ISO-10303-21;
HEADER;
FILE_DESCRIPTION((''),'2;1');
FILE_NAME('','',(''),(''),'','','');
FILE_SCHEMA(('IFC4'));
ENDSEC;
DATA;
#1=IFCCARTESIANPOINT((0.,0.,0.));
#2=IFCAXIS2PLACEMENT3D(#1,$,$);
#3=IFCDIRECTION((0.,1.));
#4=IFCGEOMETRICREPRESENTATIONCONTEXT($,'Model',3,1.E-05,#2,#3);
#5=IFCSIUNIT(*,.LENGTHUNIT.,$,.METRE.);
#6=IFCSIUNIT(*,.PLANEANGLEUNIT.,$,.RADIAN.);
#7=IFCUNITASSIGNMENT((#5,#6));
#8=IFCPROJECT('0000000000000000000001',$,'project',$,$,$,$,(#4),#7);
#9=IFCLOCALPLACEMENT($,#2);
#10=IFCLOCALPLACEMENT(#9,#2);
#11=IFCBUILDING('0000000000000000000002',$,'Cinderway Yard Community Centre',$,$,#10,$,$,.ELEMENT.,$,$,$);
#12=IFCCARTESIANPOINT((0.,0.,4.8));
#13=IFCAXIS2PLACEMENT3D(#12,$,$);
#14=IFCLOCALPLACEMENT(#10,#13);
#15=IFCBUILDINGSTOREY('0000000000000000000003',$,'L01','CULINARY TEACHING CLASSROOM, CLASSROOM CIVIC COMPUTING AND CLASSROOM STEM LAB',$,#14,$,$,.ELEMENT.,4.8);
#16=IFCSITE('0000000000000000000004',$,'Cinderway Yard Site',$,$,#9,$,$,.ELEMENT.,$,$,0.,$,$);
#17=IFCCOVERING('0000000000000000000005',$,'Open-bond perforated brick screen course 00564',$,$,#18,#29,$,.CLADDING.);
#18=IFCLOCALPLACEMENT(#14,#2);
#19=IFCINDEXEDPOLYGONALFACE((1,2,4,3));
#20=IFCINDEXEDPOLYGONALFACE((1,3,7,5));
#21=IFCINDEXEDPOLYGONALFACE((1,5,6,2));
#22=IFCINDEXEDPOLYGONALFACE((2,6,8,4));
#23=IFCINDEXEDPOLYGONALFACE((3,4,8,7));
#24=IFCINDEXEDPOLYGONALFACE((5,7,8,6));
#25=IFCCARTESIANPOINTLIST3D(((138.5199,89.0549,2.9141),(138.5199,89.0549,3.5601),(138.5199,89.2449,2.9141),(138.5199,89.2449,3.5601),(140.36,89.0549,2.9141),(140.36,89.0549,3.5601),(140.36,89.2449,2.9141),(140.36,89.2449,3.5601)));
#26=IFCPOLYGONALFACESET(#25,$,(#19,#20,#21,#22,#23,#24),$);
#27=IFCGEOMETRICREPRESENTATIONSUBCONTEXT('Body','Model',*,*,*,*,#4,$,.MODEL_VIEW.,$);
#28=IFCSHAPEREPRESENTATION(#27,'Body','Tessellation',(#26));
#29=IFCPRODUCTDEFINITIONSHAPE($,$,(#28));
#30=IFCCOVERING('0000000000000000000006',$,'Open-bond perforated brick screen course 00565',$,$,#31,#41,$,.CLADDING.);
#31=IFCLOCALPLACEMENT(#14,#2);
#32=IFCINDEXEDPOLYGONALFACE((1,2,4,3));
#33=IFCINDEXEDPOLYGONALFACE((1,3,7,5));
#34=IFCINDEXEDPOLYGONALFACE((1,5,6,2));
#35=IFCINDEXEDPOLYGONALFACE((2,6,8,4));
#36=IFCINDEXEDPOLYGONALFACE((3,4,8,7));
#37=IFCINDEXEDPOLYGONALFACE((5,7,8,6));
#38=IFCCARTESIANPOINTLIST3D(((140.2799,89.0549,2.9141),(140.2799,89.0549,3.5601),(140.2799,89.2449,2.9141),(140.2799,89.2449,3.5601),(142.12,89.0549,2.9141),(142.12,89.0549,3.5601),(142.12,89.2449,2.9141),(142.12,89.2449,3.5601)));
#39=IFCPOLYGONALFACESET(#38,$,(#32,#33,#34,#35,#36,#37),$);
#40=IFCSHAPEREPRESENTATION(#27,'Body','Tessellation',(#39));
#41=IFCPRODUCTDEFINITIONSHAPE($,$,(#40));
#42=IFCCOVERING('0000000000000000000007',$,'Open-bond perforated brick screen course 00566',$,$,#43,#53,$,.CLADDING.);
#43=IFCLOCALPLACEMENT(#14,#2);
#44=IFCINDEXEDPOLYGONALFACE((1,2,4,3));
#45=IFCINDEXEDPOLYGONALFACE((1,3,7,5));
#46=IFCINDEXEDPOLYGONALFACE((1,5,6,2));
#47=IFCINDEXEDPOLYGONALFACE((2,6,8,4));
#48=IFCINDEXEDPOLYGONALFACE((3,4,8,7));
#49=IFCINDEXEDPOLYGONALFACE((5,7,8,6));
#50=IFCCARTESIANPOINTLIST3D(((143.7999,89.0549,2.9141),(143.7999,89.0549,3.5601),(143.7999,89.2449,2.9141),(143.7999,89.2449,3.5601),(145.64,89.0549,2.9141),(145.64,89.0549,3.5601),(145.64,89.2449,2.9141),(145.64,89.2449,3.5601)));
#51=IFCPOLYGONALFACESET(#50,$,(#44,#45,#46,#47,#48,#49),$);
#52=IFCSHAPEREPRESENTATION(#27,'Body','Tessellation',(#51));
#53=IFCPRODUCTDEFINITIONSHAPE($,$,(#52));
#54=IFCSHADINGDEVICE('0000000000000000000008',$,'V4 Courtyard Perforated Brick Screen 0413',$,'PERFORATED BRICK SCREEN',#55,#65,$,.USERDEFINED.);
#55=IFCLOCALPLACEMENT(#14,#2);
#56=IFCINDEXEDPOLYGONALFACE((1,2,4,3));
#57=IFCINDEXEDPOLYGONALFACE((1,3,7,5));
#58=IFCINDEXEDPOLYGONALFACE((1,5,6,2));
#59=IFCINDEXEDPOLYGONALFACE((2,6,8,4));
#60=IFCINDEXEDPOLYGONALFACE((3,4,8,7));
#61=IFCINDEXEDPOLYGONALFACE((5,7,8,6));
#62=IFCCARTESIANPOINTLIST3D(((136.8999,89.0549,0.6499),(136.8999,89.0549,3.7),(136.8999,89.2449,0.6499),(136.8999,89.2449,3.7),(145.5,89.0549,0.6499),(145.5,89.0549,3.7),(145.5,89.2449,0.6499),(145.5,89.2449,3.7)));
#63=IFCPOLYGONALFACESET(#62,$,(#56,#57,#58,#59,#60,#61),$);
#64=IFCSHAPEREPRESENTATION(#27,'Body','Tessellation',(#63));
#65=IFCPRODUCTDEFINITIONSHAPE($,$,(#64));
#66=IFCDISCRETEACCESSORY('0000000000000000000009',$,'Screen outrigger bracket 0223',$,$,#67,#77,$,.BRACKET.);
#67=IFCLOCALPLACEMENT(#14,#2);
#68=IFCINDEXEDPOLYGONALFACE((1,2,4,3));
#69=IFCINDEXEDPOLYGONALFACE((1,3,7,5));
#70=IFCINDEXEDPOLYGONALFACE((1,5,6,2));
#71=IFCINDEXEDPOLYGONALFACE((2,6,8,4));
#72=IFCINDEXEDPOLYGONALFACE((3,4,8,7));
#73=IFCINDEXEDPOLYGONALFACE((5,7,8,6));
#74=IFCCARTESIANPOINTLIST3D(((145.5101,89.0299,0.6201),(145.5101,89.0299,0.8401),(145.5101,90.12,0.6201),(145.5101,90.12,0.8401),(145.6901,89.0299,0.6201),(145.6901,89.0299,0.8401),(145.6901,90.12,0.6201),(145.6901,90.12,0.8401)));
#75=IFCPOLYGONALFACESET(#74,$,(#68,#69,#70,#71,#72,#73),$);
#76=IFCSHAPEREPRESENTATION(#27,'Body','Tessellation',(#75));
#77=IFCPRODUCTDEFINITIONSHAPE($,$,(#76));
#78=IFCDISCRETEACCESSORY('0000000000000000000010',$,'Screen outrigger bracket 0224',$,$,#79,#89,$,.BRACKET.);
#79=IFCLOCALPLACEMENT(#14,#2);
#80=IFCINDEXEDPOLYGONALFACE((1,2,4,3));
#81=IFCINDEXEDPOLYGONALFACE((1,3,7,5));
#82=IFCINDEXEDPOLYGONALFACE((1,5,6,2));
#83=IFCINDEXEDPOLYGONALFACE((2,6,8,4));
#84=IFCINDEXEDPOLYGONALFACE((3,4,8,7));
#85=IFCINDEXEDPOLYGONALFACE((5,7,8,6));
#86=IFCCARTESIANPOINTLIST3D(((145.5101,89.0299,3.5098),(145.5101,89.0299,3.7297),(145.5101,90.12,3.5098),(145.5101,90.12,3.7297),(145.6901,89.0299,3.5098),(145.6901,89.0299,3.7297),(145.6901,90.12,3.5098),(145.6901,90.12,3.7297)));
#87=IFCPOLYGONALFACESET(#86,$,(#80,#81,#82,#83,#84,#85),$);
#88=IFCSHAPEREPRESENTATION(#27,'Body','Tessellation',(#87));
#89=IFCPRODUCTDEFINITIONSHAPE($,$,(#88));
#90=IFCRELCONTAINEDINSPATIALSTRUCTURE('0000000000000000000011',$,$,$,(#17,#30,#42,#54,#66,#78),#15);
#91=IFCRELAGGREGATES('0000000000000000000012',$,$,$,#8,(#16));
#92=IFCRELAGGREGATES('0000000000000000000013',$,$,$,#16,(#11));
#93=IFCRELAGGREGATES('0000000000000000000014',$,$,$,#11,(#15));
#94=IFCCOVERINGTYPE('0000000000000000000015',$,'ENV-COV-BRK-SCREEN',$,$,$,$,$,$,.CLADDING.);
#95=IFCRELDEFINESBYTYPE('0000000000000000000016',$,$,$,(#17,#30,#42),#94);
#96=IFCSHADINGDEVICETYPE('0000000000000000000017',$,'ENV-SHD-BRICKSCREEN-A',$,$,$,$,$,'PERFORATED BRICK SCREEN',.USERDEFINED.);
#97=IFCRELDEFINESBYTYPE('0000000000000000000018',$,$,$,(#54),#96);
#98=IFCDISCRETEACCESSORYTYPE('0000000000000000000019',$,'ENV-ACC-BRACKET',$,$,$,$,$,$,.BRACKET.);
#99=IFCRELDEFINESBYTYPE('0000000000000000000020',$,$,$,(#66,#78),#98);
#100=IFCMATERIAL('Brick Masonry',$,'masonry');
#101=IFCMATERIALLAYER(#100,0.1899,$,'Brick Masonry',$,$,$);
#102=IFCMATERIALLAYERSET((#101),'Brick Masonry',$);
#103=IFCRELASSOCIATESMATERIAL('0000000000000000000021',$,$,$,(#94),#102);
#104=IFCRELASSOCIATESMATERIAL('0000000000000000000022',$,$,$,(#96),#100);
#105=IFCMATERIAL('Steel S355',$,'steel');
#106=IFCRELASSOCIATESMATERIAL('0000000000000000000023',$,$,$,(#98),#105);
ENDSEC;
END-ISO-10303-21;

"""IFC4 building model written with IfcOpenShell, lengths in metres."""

from ifc_helpers import new_model, si_unit, direction, frame, origin, origin_2d, place, context, subcontext, project, spatial, rectangle, extrude, material, layer, layer_set, type_object, element, save


model = new_model("IFC4")

# Units and contexts
model_context = context("Model", 3, precision=1e-05, world=origin(), true_north=direction((0.0, 1.0)))
body_context = subcontext(model_context, "Body", "Model", "MODEL_VIEW")
ifc_project = project(units=[si_unit("LENGTHUNIT", "METRE"), si_unit("PLANEANGLEUNIT", "RADIAN")], contexts=[model_context])

# Site, building, storey
site_placement = place(None, origin())
site = spatial("IfcSite", under=ifc_project, at=site_placement, Name="Cinderway Yard Site", CompositionType="ELEMENT", RefElevation=0.0)
building_placement = place(site_placement, origin())
building = spatial("IfcBuilding", under=site, at=building_placement, Name="Cinderway Yard Community Centre", CompositionType="ELEMENT")
storey_placement = place(building_placement, frame((0.0, 0.0, 4.8)))
storey = spatial("IfcBuildingStorey", under=building, at=storey_placement, Name="L01", Description="CULINARY TEACHING CLASSROOM, CLASSROOM CIVIC COMPUTING AND CLASSROOM STEM LAB", CompositionType="ELEMENT", Elevation=4.8)

# Shared definitions
ifc_material_1 = material(Name="Steel S355", Category="steel")

# Shared definitions
ifc_material_2 = material(Name="Brick Masonry", Category="masonry")

# Coverings
ifc_layer_1 = layer(ifc_material_2, 0.1899, Name="Brick Masonry")
ifc_layer_set_1 = layer_set([ifc_layer_1], Name="Brick Masonry")
covering_type = type_object("IfcCoveringType", Name="ENV-COV-BRK-SCREEN", PredefinedType="CLADDING", material=ifc_layer_set_1)
for number, where, z_axis, x_axis, name in (
    (1, (139.4399, 89.1499, 2.9141), (0.0, 0.0, 1.0), (-1.0, 0.0, 0.0), "Open-bond perforated brick screen course 00564"),
    (2, (141.2, 89.1499, 2.9141), (0.0, 0.0, 1.0), (-1.0, 0.0, 0.0), "Open-bond perforated brick screen course 00565"),
    (3, (144.72, 89.1499, 2.9141), (0.0, 0.0, 1.0), (-1.0, 0.0, 0.0), "Open-bond perforated brick screen course 00566"),
):
    element("IfcCovering", number, at=place(storey_placement, frame(where, z_axis=z_axis, x_axis=x_axis)), inside=storey, type_object=covering_type, Name=name, PredefinedType="CLADDING", context=body_context, shape_type="SweptSolid", body=[
        extrude(rectangle(XDim=1.8401, YDim=0.1899, at=origin_2d()), origin(), (0.0, 0.0, 1.0), 0.646),
    ])

# Shading device
shading_device_type = type_object("IfcShadingDeviceType", Name="ENV-SHD-BRICKSCREEN-A", ElementType="PERFORATED BRICK SCREEN", PredefinedType="USERDEFINED", material=ifc_material_2)
shading_device_placement = place(storey_placement, frame((141.2, 89.1499, 0.6499), z_axis=(0.0, 0.0, 1.0), x_axis=(-1.0, 0.0, 0.0)))
element("IfcShadingDevice", 4, at=shading_device_placement, inside=storey, type_object=shading_device_type, Name="V4 Courtyard Perforated Brick Screen 0413", ObjectType="PERFORATED BRICK SCREEN", PredefinedType="USERDEFINED", context=body_context, shape_type="SweptSolid", body=[
    extrude(rectangle(XDim=8.6001, YDim=0.1899, at=origin_2d()), origin(), (0.0, 0.0, 1.0), 3.05),
])

# Discrete accessories
discrete_accessory_type = type_object("IfcDiscreteAccessoryType", Name="ENV-ACC-BRACKET", PredefinedType="BRACKET", material=ifc_material_1)
for number, where, z_axis, x_axis, name in (
    (5, (145.6001, 89.575, 0.6201), (0.0, 0.0, 1.0), (0.0, -1.0, 0.0), "Screen outrigger bracket 0223"),
    (6, (145.6001, 89.575, 3.5098), (0.0, 0.0, 1.0), (0.0, -1.0, 0.0), "Screen outrigger bracket 0224"),
):
    element("IfcDiscreteAccessory", number, at=place(storey_placement, frame(where, z_axis=z_axis, x_axis=x_axis)), inside=storey, type_object=discrete_accessory_type, Name=name, PredefinedType="BRACKET", context=body_context, shape_type="SweptSolid", body=[
        extrude(rectangle(XDim=1.0901, YDim=0.1799, at=origin_2d()), origin(), (0.0, 0.0, 1.0), 0.22),
    ])

save(model, "model.ifc")
